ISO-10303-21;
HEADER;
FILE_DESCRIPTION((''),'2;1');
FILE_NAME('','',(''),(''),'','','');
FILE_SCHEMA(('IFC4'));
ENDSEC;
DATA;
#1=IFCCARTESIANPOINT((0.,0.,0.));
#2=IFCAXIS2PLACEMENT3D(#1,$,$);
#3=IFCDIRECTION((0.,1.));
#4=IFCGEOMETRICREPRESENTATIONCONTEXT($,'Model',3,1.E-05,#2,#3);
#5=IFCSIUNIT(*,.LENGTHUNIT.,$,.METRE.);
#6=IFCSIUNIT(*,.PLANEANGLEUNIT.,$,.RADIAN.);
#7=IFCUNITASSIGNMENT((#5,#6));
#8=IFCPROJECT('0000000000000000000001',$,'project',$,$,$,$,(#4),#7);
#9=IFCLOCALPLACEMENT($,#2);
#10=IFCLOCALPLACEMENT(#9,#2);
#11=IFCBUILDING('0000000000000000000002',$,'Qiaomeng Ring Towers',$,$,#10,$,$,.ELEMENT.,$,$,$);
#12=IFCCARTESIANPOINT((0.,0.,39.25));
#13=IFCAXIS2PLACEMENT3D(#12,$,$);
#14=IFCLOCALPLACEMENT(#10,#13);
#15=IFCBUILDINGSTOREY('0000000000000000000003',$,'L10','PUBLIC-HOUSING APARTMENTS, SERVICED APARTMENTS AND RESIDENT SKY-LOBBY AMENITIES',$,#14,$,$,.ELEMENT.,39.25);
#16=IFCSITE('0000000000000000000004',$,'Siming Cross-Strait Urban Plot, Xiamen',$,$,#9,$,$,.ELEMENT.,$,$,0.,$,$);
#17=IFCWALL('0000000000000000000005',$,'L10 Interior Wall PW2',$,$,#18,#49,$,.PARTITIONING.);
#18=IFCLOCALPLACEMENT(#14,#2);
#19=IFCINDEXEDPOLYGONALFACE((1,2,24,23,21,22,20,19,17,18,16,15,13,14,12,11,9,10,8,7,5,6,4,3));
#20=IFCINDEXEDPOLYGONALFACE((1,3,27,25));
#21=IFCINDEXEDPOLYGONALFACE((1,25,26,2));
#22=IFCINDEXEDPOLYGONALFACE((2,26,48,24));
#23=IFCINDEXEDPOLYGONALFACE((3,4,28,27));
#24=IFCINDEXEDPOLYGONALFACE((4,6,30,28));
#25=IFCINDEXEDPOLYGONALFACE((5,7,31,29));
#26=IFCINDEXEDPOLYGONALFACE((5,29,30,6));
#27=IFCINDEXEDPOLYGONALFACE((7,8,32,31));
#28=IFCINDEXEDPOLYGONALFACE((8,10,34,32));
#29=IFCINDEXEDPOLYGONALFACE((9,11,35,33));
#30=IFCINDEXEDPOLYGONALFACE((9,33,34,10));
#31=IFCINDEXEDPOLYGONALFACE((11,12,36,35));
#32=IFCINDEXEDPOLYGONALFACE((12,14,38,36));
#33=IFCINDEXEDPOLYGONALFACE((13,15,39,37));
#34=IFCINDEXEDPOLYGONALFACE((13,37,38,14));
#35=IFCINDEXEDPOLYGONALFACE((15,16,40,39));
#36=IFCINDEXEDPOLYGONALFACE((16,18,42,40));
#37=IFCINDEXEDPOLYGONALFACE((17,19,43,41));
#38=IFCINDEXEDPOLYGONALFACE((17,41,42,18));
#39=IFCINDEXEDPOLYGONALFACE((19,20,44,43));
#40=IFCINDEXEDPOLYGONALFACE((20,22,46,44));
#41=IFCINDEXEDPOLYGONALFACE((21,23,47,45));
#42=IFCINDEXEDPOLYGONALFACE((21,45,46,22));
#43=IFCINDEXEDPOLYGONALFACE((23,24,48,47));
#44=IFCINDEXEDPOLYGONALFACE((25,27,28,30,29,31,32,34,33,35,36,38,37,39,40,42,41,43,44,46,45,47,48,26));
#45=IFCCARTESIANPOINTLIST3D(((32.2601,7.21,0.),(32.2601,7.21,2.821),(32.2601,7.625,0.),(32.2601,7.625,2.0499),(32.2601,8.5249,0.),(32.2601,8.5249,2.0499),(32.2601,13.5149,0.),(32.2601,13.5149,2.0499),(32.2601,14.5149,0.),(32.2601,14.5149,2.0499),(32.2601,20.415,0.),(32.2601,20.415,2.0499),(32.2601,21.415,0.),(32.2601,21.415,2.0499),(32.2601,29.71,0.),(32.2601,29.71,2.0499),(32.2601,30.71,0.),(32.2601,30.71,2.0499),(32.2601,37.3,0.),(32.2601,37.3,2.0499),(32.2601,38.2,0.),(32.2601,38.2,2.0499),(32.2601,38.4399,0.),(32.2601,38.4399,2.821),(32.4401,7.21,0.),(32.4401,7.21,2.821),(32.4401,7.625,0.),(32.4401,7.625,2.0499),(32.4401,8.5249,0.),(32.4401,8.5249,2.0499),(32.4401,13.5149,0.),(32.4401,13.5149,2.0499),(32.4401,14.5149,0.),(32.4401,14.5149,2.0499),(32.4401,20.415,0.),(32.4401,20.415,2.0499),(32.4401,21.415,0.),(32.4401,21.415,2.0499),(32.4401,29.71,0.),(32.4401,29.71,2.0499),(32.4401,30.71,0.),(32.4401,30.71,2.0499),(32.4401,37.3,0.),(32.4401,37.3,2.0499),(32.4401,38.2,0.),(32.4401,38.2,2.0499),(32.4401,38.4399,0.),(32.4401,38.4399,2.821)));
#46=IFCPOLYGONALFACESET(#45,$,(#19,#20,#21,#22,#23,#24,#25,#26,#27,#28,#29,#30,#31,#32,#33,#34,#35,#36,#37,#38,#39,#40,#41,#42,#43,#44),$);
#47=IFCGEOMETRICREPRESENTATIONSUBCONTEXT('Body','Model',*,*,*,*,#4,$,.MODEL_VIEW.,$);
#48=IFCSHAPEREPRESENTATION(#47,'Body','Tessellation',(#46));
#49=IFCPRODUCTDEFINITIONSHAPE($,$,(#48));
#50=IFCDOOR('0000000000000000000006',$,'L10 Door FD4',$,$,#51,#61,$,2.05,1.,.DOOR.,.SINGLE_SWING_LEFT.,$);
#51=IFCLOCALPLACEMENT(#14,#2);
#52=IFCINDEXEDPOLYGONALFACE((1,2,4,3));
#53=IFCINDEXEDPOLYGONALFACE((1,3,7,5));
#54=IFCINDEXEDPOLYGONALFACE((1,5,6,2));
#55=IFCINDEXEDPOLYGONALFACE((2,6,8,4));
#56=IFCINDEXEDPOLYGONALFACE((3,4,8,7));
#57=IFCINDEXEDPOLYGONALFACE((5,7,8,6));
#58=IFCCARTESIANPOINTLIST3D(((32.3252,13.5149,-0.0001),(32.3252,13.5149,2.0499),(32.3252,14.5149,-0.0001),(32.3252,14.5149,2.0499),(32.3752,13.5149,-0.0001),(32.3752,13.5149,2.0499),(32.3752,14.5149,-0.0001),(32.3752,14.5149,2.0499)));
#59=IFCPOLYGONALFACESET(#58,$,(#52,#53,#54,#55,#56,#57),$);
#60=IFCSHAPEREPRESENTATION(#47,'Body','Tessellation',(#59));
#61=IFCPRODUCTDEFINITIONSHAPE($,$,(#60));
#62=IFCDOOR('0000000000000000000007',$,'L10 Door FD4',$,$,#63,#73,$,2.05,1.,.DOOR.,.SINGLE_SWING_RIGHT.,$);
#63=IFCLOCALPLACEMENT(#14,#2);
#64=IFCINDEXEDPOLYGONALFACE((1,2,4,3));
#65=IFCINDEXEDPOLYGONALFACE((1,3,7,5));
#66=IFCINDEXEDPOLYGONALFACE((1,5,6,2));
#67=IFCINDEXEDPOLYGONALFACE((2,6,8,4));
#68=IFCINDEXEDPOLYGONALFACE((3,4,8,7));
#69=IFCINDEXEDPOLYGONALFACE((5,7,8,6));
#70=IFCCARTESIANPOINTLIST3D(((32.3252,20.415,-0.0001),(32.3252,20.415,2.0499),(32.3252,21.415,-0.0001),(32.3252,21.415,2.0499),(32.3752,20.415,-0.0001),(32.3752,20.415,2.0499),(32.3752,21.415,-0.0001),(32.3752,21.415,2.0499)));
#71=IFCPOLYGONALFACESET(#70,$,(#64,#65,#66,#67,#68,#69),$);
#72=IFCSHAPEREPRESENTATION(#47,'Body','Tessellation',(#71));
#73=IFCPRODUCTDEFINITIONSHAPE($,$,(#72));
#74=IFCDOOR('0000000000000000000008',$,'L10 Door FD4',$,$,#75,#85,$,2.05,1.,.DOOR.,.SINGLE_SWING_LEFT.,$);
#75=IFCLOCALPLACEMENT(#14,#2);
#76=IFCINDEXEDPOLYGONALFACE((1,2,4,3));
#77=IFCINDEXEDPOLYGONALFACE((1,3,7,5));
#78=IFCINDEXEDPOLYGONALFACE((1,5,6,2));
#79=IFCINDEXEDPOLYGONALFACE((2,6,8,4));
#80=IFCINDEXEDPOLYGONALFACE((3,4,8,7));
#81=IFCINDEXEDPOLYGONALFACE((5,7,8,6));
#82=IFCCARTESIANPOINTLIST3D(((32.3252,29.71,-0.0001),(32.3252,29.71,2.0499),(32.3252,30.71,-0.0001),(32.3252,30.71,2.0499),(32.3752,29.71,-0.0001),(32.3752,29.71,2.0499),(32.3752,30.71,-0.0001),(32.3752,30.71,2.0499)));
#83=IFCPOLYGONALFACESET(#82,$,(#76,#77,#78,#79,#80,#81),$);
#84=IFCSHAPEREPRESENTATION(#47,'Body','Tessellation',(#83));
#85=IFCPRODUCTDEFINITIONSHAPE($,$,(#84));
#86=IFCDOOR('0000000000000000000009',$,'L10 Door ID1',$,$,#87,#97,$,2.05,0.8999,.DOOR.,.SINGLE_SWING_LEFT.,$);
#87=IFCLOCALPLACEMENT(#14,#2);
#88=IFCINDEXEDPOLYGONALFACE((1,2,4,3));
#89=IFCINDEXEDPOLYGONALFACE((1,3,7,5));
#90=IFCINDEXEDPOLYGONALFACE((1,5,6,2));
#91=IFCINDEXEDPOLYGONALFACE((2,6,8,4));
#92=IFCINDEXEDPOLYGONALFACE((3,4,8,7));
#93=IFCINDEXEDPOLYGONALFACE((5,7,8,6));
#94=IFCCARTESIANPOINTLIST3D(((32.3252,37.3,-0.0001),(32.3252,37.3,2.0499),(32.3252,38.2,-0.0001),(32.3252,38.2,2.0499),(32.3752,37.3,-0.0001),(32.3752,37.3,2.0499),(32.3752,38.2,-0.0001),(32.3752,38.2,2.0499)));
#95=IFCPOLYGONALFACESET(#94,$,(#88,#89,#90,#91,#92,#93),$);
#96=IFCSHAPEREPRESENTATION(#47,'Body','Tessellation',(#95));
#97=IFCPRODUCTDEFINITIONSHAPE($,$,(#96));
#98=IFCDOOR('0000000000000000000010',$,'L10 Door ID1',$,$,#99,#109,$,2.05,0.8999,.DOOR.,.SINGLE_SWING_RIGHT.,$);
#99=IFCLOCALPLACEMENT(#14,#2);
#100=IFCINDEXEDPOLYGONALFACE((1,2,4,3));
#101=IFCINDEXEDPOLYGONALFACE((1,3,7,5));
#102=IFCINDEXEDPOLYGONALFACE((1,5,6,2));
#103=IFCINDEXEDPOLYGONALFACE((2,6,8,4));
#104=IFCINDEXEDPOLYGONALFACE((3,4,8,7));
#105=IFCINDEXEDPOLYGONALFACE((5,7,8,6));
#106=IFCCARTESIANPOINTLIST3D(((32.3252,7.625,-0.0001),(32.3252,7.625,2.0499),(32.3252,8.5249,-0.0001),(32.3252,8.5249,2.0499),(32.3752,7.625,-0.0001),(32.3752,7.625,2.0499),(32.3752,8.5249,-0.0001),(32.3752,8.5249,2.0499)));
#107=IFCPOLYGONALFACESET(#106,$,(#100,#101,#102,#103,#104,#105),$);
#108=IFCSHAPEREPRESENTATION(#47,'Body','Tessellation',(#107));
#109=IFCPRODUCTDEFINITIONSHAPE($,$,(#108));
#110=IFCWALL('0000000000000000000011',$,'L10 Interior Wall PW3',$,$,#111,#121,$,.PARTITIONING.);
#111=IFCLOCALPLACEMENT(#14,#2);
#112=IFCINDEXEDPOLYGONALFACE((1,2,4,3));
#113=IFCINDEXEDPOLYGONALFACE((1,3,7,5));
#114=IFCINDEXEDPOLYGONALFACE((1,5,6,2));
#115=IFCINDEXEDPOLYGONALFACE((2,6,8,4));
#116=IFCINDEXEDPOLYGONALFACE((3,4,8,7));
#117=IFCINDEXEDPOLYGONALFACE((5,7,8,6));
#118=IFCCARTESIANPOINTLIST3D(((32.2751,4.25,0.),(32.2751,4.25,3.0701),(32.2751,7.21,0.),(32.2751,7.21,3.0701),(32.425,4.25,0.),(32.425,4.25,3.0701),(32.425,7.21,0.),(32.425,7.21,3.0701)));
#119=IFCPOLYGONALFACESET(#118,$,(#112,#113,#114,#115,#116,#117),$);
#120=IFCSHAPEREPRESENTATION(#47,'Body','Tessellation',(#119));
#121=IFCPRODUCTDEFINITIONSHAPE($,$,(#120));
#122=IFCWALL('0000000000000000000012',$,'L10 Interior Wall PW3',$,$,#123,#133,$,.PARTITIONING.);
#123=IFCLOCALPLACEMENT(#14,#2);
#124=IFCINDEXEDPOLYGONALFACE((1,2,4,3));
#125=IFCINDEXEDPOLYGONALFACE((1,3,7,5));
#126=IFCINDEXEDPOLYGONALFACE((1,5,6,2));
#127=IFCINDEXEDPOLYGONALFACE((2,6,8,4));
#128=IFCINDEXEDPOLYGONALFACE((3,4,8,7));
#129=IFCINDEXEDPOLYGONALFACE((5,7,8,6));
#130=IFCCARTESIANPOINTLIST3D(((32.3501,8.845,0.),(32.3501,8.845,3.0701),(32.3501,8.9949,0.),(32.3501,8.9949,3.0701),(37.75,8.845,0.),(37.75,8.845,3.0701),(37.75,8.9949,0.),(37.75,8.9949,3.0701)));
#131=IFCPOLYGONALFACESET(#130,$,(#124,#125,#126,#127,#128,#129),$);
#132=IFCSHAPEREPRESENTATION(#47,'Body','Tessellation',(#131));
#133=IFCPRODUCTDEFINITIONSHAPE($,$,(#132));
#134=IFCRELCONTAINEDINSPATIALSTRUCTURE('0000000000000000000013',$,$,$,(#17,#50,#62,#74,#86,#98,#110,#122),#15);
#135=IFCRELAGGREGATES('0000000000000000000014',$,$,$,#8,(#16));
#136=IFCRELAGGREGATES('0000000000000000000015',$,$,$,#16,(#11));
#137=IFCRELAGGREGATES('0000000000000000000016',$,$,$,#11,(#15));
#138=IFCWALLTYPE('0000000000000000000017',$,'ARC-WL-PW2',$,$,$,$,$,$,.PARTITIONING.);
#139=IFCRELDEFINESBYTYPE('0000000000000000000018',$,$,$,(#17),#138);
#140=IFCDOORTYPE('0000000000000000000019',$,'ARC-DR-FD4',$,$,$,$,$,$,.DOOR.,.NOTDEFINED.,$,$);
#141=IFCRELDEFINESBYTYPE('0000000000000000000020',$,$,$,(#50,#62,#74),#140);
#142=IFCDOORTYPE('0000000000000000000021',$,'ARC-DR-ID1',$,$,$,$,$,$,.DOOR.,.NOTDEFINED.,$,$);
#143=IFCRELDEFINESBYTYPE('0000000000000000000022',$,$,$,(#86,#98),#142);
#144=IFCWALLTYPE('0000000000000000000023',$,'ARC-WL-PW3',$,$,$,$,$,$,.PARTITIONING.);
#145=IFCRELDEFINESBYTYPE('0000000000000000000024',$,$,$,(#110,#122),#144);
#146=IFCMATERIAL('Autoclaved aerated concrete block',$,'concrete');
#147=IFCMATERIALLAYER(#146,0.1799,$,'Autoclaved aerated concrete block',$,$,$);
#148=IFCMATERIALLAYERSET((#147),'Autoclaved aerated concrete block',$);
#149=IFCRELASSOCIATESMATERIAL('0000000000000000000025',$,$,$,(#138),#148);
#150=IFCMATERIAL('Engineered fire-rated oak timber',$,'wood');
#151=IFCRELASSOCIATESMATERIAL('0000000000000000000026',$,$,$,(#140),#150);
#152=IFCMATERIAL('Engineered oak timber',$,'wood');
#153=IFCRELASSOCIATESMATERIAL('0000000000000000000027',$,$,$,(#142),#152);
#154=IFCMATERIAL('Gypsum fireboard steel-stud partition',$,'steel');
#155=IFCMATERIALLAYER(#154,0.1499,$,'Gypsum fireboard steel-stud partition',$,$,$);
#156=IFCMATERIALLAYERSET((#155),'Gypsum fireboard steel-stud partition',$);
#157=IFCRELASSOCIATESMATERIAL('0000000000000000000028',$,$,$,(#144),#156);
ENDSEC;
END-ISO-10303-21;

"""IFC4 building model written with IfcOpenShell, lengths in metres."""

from ifc_helpers import new_model, si_unit, direction, frame, frame_2d, origin, place, context, subcontext, project, spatial, rectangle, extrude, source, transform, mapped, material, layer, layer_set, type_object, element, fill, save


model = new_model("IFC4")

# Units and contexts
model_context = context("Model", 3, precision=1e-05, world=origin(), true_north=direction((0.0, 1.0)))
body_context = subcontext(model_context, "Body", "Model", "MODEL_VIEW")
ifc_project = project(units=[si_unit("LENGTHUNIT", "METRE"), si_unit("PLANEANGLEUNIT", "RADIAN")], contexts=[model_context])

# Site, building, storey
site_placement = place(None, origin())
site = spatial("IfcSite", under=ifc_project, at=site_placement, Name="Siming Cross-Strait Urban Plot, Xiamen", CompositionType="ELEMENT", RefElevation=0.0)
building_placement = place(site_placement, origin())
building = spatial("IfcBuilding", under=site, at=building_placement, Name="Qiaomeng Ring Towers", CompositionType="ELEMENT")
storey_placement = place(building_placement, frame((0.0, 0.0, 39.25)))
storey = spatial("IfcBuildingStorey", under=building, at=storey_placement, Name="L10", Description="PUBLIC-HOUSING APARTMENTS, SERVICED APARTMENTS AND RESIDENT SKY-LOBBY AMENITIES", CompositionType="ELEMENT", Elevation=39.25)

# Wall, openings, doors
ifc_material_1 = material(Name="Autoclaved aerated concrete block", Category="concrete")
ifc_layer_1 = layer(ifc_material_1, 0.1799, Name="Autoclaved aerated concrete block")
ifc_layer_set_1 = layer_set([ifc_layer_1], Name="Autoclaved aerated concrete block")
wall_type_1 = type_object("IfcWallType", Name="ARC-WL-PW2", PredefinedType="PARTITIONING", material=ifc_layer_set_1)
wall_1_placement = place(storey_placement, frame((32.3501, 7.21, 0.0), z_axis=(0.0, 0.0, 1.0), x_axis=(0.0, 1.0, 0.0)))
wall_1 = element("IfcWall", 1, at=wall_1_placement, inside=storey, type_object=wall_type_1, Name="L10 Interior Wall PW2", PredefinedType="PARTITIONING", context=body_context, shape_type="SweptSolid", body=[
    extrude(rectangle(XDim=31.23, YDim=0.1799, at=frame_2d((15.615, 0.0))), origin(), (0.0, 0.0, 1.0), 2.821),
])
opening_1_placement = place(wall_1_placement, frame((30.0901, 0.0, 0.0)))
opening_1 = element("IfcOpeningElement", 2, at=opening_1_placement, cuts=wall_1, PredefinedType="OPENING", context=body_context, shape_type="SweptSolid", body=[
    extrude(rectangle(XDim=0.8999, YDim=2.05, at=frame_2d((0.45, 1.0249))), frame((0.0, 0.0999, 0.0), z_axis=(0.0, -1.0, 0.0), x_axis=(1.0, 0.0, 0.0)), (0.0, 0.0, 1.0), 0.2),
])
opening_2_placement = place(wall_1_placement, frame((0.415, 0.0, 0.0)))
opening_2 = element("IfcOpeningElement", 3, at=opening_2_placement, cuts=wall_1, PredefinedType="OPENING", context=body_context, shape_type="SweptSolid", body=[
    extrude(rectangle(XDim=0.8999, YDim=2.05, at=frame_2d((0.45, 1.0249))), frame((0.0, 0.0999, 0.0), z_axis=(0.0, -1.0, 0.0), x_axis=(1.0, 0.0, 0.0)), (0.0, 0.0, 1.0), 0.2),
])
opening_3_placement = place(wall_1_placement, frame((6.3049, 0.0, 0.0)))
opening_3 = element("IfcOpeningElement", 4, at=opening_3_placement, cuts=wall_1, PredefinedType="OPENING", context=body_context, shape_type="SweptSolid", body=[
    extrude(rectangle(XDim=1.0, YDim=2.05, at=frame_2d((0.5, 1.0249))), frame((0.0, 0.0999, 0.0), z_axis=(0.0, -1.0, 0.0), x_axis=(1.0, 0.0, 0.0)), (0.0, 0.0, 1.0), 0.2),
])
opening_4_placement = place(wall_1_placement, frame((13.2051, 0.0, 0.0)))
opening_4 = element("IfcOpeningElement", 5, at=opening_4_placement, cuts=wall_1, PredefinedType="OPENING", context=body_context, shape_type="SweptSolid", body=[
    extrude(rectangle(XDim=1.0, YDim=2.05, at=frame_2d((0.5, 1.0249))), frame((0.0, 0.0999, 0.0), z_axis=(0.0, -1.0, 0.0), x_axis=(1.0, 0.0, 0.0)), (0.0, 0.0, 1.0), 0.2),
])
opening_5_placement = place(wall_1_placement, frame((22.5, 0.0, 0.0)))
opening_5 = element("IfcOpeningElement", 6, at=opening_5_placement, cuts=wall_1, PredefinedType="OPENING", context=body_context, shape_type="SweptSolid", body=[
    extrude(rectangle(XDim=1.0, YDim=2.05, at=frame_2d((0.5, 1.0249))), frame((0.0, 0.0999, 0.0), z_axis=(0.0, -1.0, 0.0), x_axis=(1.0, 0.0, 0.0)), (0.0, 0.0, 1.0), 0.2),
])
ifc_material_2 = material(Name="Engineered fire-rated oak timber", Category="wood")
door_type_1 = type_object("IfcDoorType", Name="ARC-DR-FD4", OperationType="NOTDEFINED", PredefinedType="DOOR", material=ifc_material_2)
shared_shape_1 = source(origin(), body_context, "Body", "SweptSolid", [
    extrude(rectangle(XDim=1.0, YDim=2.05, at=frame_2d((0.5, 1.0249))), frame((0.0, 0.0249, 0.0), z_axis=(0.0, -1.0, 0.0), x_axis=(1.0, 0.0, 0.0)), (0.0, 0.0, 1.0), 0.05),
])
door_1_placement = place(opening_3_placement, origin())
door_1 = element("IfcDoor", 7, at=door_1_placement, inside=storey, type_object=door_type_1, Name="L10 Door FD4", OperationType="SINGLE_SWING_LEFT", OverallHeight=2.05, OverallWidth=1.0, PredefinedType="DOOR", context=body_context, shape_type="MappedRepresentation", body=[
    mapped(shared_shape_1, transform((0.0, 0.0, 0.0), x_axis=(1.0, 0.0, 0.0), y_axis=(0.0, 1.0, 0.0), z_axis=(0.0, 0.0, 1.0), scale=1.0)),
])
fill(opening_3, door_1)
door_2_placement = place(opening_4_placement, origin())
door_2 = element("IfcDoor", 8, at=door_2_placement, inside=storey, type_object=door_type_1, Name="L10 Door FD4", OperationType="SINGLE_SWING_RIGHT", OverallHeight=2.05, OverallWidth=1.0, PredefinedType="DOOR", context=body_context, shape_type="MappedRepresentation", body=[
    mapped(shared_shape_1, transform((0.0, 0.0, 0.0), x_axis=(1.0, 0.0, 0.0), y_axis=(0.0, 1.0, 0.0), z_axis=(0.0, 0.0, 1.0), scale=1.0)),
])
fill(opening_4, door_2)
door_3_placement = place(opening_5_placement, origin())
door_3 = element("IfcDoor", 9, at=door_3_placement, inside=storey, type_object=door_type_1, Name="L10 Door FD4", OperationType="SINGLE_SWING_LEFT", OverallHeight=2.05, OverallWidth=1.0, PredefinedType="DOOR", context=body_context, shape_type="MappedRepresentation", body=[
    mapped(shared_shape_1, transform((0.0, 0.0, 0.0), x_axis=(1.0, 0.0, 0.0), y_axis=(0.0, 1.0, 0.0), z_axis=(0.0, 0.0, 1.0), scale=1.0)),
])
fill(opening_5, door_3)
ifc_material_3 = material(Name="Engineered oak timber", Category="wood")
door_type_2 = type_object("IfcDoorType", Name="ARC-DR-ID1", OperationType="NOTDEFINED", PredefinedType="DOOR", material=ifc_material_3)
shared_shape_2 = source(origin(), body_context, "Body", "SweptSolid", [
    extrude(rectangle(XDim=0.8999, YDim=2.05, at=frame_2d((0.45, 1.0249))), frame((0.0, 0.0249, 0.0), z_axis=(0.0, -1.0, 0.0), x_axis=(1.0, 0.0, 0.0)), (0.0, 0.0, 1.0), 0.05),
])
door_4_placement = place(opening_1_placement, origin())
door_4 = element("IfcDoor", 10, at=door_4_placement, inside=storey, type_object=door_type_2, Name="L10 Door ID1", OperationType="SINGLE_SWING_LEFT", OverallHeight=2.05, OverallWidth=0.8999, PredefinedType="DOOR", context=body_context, shape_type="MappedRepresentation", body=[
    mapped(shared_shape_2, transform((0.0, 0.0, 0.0), x_axis=(1.0, 0.0, 0.0), y_axis=(0.0, 1.0, 0.0), z_axis=(0.0, 0.0, 1.0), scale=1.0)),
])
fill(opening_1, door_4)
door_5_placement = place(opening_2_placement, origin())
door_5 = element("IfcDoor", 11, at=door_5_placement, inside=storey, type_object=door_type_2, Name="L10 Door ID1", OperationType="SINGLE_SWING_RIGHT", OverallHeight=2.05, OverallWidth=0.8999, PredefinedType="DOOR", context=body_context, shape_type="MappedRepresentation", body=[
    mapped(shared_shape_2, transform((0.0, 0.0, 0.0), x_axis=(1.0, 0.0, 0.0), y_axis=(0.0, 1.0, 0.0), z_axis=(0.0, 0.0, 1.0), scale=1.0)),
])
fill(opening_2, door_5)

# Walls
ifc_material_4 = material(Name="Gypsum fireboard steel-stud partition", Category="steel")
ifc_layer_2 = layer(ifc_material_4, 0.1499, Name="Gypsum fireboard steel-stud partition")
ifc_layer_set_2 = layer_set([ifc_layer_2], Name="Gypsum fireboard steel-stud partition")
wall_type_2 = type_object("IfcWallType", Name="ARC-WL-PW3", PredefinedType="PARTITIONING", material=ifc_layer_set_2)
wall_2_placement = place(storey_placement, frame((32.3501, 4.25, 0.0), z_axis=(0.0, 0.0, 1.0), x_axis=(0.0, 1.0, 0.0)))
element("IfcWall", 12, at=wall_2_placement, inside=storey, type_object=wall_type_2, Name="L10 Interior Wall PW3", PredefinedType="PARTITIONING", context=body_context, shape_type="SweptSolid", body=[
    extrude(rectangle(XDim=2.96, YDim=0.1499, at=frame_2d((1.48, 0.0))), origin(), (0.0, 0.0, 1.0), 3.0701),
])
wall_3_placement = place(storey_placement, frame((32.3501, 8.9199, 0.0), z_axis=(0.0, 0.0, 1.0), x_axis=(1.0, 0.0, 0.0)))
element("IfcWall", 13, at=wall_3_placement, inside=storey, type_object=wall_type_2, Name="L10 Interior Wall PW3", PredefinedType="PARTITIONING", context=body_context, shape_type="SweptSolid", body=[
    extrude(rectangle(XDim=5.3999, YDim=0.1499, at=frame_2d((2.7, 0.0))), origin(), (0.0, 0.0, 1.0), 3.0701),
])

save(model, "model.ifc")
